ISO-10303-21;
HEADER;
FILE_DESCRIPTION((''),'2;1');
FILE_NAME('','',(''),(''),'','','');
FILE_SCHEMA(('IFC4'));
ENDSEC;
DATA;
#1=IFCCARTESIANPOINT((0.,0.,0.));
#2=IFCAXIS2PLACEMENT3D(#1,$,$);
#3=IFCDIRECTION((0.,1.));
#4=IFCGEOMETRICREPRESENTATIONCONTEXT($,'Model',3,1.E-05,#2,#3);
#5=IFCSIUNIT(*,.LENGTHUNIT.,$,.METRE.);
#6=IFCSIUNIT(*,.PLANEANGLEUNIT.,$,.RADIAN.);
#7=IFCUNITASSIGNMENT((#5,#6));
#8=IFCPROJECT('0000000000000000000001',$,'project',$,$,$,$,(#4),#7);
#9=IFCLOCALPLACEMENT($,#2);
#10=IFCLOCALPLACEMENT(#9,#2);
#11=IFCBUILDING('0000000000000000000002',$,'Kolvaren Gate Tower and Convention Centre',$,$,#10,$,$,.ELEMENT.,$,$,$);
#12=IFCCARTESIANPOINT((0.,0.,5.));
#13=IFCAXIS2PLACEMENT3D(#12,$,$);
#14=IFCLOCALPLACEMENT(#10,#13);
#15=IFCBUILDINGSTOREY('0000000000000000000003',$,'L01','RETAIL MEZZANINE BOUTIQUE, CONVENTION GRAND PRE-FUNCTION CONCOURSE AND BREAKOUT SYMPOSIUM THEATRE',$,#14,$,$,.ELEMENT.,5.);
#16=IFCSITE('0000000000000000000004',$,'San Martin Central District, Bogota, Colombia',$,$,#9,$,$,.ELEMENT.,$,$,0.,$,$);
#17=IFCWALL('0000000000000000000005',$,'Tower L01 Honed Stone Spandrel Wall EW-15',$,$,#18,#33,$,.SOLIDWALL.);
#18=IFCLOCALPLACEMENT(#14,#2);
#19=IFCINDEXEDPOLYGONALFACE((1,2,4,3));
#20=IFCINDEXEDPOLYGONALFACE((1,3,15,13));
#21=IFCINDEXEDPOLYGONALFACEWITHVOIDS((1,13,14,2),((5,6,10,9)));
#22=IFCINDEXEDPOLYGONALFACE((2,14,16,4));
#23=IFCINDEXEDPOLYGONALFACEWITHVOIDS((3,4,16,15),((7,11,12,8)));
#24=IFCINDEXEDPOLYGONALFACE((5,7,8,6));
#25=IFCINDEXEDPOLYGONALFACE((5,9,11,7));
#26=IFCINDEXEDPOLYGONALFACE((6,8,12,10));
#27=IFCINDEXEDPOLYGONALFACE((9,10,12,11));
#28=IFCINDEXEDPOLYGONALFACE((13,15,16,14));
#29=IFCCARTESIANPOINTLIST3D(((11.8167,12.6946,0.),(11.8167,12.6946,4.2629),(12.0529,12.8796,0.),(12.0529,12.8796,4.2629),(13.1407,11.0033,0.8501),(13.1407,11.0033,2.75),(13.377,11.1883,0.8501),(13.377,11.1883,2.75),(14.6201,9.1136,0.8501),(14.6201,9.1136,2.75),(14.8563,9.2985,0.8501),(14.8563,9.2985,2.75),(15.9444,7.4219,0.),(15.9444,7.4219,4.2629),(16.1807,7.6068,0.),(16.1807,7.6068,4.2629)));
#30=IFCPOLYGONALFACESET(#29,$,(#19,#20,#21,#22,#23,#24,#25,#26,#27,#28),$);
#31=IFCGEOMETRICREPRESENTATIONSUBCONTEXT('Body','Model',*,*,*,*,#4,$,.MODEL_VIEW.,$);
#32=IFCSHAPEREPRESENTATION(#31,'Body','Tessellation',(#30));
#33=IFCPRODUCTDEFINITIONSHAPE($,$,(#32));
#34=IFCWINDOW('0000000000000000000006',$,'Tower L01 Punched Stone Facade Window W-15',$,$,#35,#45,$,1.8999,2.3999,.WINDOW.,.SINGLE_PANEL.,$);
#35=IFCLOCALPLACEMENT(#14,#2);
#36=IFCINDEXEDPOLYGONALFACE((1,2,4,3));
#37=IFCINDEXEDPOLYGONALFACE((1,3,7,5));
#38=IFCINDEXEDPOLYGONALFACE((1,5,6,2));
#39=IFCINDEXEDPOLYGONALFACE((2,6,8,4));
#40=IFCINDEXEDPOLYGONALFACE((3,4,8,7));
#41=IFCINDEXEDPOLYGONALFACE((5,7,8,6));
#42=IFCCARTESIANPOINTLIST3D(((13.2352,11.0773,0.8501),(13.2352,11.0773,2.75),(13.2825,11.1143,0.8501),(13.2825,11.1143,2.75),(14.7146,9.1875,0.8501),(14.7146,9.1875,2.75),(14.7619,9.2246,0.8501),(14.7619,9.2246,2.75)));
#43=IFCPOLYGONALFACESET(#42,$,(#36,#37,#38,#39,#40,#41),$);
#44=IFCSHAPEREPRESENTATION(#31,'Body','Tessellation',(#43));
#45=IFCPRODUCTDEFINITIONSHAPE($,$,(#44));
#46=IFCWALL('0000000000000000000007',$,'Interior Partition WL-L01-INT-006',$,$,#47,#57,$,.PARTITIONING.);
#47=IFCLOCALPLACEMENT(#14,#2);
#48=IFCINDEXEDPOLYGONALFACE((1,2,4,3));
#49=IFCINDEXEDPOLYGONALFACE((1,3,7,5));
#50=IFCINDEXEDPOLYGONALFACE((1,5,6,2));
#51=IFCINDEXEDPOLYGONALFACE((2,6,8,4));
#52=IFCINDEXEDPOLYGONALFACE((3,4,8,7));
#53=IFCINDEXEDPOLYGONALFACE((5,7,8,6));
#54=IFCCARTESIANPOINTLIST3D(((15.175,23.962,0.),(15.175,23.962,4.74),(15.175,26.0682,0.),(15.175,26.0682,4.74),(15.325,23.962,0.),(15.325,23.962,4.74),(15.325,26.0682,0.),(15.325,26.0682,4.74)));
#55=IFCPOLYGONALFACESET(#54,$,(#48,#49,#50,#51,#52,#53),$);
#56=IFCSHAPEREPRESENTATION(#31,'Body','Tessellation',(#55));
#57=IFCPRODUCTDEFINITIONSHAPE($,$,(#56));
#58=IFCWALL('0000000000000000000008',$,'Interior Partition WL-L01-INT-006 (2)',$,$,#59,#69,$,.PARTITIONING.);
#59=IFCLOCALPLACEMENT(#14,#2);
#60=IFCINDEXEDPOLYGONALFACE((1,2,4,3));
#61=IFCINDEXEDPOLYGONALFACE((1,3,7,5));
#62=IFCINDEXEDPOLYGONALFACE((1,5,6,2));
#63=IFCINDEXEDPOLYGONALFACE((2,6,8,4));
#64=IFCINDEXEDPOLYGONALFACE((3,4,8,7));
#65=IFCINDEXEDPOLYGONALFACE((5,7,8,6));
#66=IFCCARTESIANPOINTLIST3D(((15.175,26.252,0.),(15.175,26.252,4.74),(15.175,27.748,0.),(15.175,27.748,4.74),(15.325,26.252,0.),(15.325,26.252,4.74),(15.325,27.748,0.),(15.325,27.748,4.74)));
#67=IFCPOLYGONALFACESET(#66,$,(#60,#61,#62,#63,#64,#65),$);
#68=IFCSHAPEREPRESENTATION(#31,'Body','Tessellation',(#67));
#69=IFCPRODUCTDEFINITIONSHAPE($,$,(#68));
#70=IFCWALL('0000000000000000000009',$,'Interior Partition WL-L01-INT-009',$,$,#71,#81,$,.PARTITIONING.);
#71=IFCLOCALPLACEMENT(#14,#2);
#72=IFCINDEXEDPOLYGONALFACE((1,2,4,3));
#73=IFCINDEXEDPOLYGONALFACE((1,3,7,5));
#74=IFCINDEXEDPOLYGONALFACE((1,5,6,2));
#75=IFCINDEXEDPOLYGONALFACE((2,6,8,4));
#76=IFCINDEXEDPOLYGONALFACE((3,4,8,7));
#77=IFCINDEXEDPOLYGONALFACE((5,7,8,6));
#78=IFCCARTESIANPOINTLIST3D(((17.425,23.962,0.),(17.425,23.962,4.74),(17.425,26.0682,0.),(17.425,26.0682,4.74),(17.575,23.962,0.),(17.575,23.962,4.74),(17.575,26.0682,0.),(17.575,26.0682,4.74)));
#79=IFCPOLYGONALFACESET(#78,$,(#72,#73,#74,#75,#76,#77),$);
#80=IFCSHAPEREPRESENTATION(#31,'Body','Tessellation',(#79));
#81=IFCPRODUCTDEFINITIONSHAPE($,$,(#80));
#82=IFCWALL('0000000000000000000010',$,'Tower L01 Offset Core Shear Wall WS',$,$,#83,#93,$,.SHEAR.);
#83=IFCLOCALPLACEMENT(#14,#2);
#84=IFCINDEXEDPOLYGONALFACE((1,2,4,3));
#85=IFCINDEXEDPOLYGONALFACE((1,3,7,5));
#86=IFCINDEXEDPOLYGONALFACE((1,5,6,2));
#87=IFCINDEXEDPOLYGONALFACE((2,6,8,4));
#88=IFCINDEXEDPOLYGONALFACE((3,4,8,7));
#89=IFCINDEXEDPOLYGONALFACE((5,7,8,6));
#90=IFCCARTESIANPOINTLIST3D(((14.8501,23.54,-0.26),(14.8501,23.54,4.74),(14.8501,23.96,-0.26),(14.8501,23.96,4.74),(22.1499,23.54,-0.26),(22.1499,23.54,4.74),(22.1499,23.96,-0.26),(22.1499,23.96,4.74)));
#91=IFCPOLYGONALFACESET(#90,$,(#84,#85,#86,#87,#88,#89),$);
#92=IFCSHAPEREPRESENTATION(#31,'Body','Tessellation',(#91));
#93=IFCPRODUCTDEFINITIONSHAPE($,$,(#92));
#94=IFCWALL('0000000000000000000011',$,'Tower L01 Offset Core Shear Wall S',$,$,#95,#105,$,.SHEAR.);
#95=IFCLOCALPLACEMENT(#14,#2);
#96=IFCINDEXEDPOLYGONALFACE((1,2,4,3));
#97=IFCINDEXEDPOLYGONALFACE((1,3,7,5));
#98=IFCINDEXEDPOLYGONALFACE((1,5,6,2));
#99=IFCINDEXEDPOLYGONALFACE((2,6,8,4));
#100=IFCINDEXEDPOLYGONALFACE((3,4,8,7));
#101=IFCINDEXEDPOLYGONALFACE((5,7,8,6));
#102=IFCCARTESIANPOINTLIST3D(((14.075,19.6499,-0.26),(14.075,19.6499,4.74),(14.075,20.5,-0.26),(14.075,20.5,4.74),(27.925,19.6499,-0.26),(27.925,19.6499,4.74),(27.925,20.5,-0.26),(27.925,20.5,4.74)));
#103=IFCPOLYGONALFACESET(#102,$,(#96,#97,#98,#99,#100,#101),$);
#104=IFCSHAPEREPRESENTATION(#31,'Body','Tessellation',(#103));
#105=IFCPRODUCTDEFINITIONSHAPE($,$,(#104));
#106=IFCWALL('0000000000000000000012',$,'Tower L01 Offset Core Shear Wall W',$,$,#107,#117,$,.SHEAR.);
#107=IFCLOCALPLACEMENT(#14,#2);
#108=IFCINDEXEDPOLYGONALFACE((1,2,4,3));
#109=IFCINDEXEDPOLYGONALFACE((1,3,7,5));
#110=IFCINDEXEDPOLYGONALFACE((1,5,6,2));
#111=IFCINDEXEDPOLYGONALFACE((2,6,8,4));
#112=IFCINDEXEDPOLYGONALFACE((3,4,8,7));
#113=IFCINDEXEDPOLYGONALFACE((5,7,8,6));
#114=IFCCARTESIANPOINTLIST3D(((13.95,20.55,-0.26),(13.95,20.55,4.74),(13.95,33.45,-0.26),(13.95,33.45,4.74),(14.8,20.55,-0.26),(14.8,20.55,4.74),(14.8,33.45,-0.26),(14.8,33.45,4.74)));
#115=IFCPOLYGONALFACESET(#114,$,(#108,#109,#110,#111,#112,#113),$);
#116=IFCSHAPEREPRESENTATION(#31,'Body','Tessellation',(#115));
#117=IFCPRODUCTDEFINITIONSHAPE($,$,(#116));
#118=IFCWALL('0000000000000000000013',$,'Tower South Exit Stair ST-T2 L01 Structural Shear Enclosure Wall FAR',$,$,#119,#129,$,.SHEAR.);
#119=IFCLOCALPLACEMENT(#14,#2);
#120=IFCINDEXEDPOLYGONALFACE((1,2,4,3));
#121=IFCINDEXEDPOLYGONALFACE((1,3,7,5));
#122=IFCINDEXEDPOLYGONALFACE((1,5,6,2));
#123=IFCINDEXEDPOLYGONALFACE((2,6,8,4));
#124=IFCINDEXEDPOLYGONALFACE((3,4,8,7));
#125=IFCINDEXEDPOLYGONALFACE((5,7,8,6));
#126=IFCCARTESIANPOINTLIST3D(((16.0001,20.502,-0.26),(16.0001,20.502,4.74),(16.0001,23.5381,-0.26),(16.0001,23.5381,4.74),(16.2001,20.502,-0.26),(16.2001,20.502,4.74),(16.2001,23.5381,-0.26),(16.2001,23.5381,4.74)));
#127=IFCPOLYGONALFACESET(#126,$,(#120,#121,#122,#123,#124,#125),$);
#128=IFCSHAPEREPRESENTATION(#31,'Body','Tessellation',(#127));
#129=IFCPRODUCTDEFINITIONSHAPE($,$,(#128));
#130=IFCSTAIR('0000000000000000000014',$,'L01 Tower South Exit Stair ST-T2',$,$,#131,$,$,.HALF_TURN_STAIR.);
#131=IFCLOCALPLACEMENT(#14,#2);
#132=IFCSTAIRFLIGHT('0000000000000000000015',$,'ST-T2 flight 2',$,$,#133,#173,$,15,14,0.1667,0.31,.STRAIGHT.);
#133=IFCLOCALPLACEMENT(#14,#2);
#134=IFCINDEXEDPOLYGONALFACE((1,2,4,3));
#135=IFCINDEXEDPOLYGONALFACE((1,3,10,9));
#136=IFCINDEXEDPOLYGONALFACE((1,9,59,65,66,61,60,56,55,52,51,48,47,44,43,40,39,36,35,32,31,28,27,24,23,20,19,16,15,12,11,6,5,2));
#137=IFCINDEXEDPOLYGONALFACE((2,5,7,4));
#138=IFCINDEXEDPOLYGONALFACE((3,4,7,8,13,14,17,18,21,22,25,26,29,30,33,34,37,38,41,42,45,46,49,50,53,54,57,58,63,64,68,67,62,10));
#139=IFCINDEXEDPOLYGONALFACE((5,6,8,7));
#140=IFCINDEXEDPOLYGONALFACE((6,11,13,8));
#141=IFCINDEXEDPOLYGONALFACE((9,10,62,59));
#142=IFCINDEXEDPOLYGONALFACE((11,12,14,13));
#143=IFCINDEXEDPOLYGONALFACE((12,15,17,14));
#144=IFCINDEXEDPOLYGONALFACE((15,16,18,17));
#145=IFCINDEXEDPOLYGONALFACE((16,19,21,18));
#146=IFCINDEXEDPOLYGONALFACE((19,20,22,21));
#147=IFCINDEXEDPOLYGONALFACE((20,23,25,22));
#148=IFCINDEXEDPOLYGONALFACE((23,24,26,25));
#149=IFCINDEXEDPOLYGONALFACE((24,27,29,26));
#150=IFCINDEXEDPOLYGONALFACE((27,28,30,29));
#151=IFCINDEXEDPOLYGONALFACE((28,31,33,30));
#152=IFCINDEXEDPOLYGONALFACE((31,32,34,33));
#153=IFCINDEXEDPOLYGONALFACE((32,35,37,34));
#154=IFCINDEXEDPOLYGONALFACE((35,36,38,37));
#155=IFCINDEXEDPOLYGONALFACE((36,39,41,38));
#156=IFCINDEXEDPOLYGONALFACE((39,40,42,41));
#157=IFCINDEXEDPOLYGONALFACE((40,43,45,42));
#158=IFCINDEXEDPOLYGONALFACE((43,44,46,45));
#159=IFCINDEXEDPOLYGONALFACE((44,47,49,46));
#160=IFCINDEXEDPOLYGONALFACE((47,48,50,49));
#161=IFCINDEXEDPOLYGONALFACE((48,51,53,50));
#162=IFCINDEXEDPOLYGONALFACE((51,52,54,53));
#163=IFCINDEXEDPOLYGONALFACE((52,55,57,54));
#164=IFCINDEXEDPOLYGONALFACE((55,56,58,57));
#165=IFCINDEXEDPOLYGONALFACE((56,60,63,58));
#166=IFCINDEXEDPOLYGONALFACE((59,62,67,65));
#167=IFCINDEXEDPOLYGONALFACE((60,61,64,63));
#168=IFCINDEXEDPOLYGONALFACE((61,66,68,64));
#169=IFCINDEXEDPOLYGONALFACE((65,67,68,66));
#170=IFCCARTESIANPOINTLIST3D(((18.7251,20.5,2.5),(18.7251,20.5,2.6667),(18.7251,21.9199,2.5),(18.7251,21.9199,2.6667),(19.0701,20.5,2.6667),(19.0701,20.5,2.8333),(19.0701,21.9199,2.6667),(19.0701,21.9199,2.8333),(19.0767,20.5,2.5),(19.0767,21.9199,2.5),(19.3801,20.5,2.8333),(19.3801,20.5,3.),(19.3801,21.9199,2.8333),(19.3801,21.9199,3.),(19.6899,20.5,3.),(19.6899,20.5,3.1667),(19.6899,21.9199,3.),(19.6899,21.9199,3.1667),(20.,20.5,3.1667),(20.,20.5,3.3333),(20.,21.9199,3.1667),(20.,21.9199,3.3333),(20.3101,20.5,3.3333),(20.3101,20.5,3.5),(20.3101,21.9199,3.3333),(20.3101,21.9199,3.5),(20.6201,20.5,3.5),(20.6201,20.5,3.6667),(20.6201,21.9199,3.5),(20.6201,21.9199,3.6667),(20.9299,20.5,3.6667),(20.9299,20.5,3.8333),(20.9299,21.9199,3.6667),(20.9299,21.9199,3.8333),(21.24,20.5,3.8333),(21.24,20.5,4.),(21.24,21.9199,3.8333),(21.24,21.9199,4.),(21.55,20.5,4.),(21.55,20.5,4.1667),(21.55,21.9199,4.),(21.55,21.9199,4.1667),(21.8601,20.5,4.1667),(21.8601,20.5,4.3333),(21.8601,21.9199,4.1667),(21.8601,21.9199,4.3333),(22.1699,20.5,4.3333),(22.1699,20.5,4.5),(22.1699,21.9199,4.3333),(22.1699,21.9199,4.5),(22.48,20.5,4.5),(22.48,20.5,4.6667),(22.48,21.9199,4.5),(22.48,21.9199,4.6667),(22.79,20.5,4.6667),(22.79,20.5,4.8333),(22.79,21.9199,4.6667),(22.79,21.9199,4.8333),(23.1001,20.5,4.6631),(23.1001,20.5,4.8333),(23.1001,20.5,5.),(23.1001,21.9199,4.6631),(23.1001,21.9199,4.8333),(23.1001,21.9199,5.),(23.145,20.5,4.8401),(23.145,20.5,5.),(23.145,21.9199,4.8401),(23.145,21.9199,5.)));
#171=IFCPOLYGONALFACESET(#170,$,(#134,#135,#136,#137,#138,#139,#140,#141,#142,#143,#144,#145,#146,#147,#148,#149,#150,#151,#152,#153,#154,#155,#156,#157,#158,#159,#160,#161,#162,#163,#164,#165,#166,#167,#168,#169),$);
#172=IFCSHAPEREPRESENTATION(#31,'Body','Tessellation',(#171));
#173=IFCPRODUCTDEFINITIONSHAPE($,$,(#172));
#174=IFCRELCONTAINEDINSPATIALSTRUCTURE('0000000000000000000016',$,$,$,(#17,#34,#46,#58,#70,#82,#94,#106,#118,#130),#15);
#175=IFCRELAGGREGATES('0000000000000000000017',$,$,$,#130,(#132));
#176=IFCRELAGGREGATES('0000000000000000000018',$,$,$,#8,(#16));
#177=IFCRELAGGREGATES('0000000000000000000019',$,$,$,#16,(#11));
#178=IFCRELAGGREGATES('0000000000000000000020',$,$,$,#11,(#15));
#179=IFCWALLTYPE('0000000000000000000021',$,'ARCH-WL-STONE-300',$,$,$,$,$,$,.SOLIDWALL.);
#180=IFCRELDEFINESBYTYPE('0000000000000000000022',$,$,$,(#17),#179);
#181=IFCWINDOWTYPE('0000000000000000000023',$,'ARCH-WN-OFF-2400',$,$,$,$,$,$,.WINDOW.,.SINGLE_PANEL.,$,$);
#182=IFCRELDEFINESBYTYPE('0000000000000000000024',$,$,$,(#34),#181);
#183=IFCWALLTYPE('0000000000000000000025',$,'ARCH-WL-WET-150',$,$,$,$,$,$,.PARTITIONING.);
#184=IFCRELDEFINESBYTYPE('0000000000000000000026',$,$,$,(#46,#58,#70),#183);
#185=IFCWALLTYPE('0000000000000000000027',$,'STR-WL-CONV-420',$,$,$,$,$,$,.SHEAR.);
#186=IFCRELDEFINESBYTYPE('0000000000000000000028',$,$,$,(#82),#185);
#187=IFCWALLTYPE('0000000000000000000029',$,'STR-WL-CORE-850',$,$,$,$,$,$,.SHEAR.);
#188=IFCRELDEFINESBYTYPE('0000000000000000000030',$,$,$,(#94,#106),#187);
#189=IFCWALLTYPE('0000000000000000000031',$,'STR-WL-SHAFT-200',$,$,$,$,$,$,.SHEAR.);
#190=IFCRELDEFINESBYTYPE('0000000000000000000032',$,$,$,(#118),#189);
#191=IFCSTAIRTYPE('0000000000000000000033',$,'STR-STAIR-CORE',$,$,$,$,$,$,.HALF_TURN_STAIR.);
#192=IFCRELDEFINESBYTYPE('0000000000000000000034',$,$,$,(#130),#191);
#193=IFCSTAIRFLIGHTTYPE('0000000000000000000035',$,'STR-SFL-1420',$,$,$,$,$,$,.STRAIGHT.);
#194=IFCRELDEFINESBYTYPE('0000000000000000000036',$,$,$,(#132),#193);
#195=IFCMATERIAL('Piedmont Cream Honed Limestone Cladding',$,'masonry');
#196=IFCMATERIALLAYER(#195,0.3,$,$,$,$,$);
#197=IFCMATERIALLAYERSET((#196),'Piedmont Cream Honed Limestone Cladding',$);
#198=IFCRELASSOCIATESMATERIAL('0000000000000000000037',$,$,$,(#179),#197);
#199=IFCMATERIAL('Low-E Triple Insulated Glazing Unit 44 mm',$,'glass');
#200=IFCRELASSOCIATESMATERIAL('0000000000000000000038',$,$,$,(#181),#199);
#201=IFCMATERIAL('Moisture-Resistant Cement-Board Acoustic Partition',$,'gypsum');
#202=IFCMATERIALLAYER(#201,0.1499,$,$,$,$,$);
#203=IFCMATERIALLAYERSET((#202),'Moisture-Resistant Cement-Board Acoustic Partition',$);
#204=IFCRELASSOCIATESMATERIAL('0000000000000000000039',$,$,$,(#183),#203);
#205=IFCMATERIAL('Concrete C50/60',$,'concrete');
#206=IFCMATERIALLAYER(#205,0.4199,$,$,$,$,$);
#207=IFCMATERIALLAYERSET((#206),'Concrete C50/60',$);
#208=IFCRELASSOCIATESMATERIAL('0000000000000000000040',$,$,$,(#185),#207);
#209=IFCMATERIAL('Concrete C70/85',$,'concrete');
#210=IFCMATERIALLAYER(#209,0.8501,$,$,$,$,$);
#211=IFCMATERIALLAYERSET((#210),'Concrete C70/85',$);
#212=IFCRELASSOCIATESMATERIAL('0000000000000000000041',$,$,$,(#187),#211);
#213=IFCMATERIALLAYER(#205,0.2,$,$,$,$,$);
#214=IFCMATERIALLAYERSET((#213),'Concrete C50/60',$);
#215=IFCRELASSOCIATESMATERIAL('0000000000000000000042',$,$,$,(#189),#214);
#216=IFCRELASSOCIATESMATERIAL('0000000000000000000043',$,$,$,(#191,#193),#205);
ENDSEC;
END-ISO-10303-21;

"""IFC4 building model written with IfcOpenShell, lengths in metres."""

from ifc_helpers import new_model, si_unit, direction, frame, frame_2d, origin, place, context, subcontext, project, spatial, polyline, rectangle, outline, extrude, material, layer, layer_set, type_object, element, fill, aggregate, save


model = new_model("IFC4")

# Units and contexts
model_context = context("Model", 3, precision=1e-05, world=origin(), true_north=direction((0.0, 1.0)))
body_context = subcontext(model_context, "Body", "Model", "MODEL_VIEW")
ifc_project = project(units=[si_unit("LENGTHUNIT", "METRE"), si_unit("PLANEANGLEUNIT", "RADIAN")], contexts=[model_context])

# Site, building, storey
site_placement = place(None, origin())
site = spatial("IfcSite", under=ifc_project, at=site_placement, Name="San Martin Central District, Bogota, Colombia", CompositionType="ELEMENT", RefElevation=0.0)
building_placement = place(site_placement, origin())
building = spatial("IfcBuilding", under=site, at=building_placement, Name="Kolvaren Gate Tower and Convention Centre", CompositionType="ELEMENT")
storey_placement = place(building_placement, frame((0.0, 0.0, 5.0)))
storey = spatial("IfcBuildingStorey", under=building, at=storey_placement, Name="L01", Description="RETAIL MEZZANINE BOUTIQUE, CONVENTION GRAND PRE-FUNCTION CONCOURSE AND BREAKOUT SYMPOSIUM THEATRE", CompositionType="ELEMENT", Elevation=5.0)

# Shared definitions
ifc_material_1 = material(Name="Concrete C70/85", Category="concrete")

# Wall, opening, window
ifc_material_2 = material(Name="Piedmont Cream Honed Limestone Cladding", Category="masonry")
ifc_layer_1 = layer(ifc_material_2, 0.3)
ifc_layer_set_1 = layer_set([ifc_layer_1], Name="Piedmont Cream Honed Limestone Cladding")
wall_type_1 = type_object("IfcWallType", Name="ARCH-WL-STONE-300", PredefinedType="SOLIDWALL", material=ifc_layer_set_1)
ifc_material_3 = material(Name="Low-E Triple Insulated Glazing Unit 44 mm", Category="glass")
window_type = type_object("IfcWindowType", Name="ARCH-WN-OFF-2400", PartitioningType="SINGLE_PANEL", PredefinedType="WINDOW", material=ifc_material_3)
wall_1_placement = place(storey_placement, frame((11.9348, 12.7871, 0.0), z_axis=(0.0, 0.0, 1.0), x_axis=(0.616421, -0.787417, 0.0)))
wall_1 = element("IfcWall", 1, at=wall_1_placement, inside=storey, type_object=wall_type_1, Name="Tower L01 Honed Stone Spandrel Wall EW-15", PredefinedType="SOLIDWALL", context=body_context, shape_type="SweptSolid", body=[
    extrude(rectangle(XDim=6.6963, YDim=0.3, at=frame_2d((3.3481, 0.0))), origin(), (0.0, 0.0, 1.0), 4.2629),
])
opening_1_placement = place(wall_1_placement, frame((2.1479, 0.0, 0.8501)))
opening_1 = element("IfcOpeningElement", 2, at=opening_1_placement, cuts=wall_1, PredefinedType="OPENING", context=body_context, shape_type="SweptSolid", body=[
    extrude(rectangle(XDim=2.3999, YDim=1.8999, at=frame_2d((1.2, 0.95))), frame((0.0, 0.1599, 0.0), z_axis=(0.0, -1.0, 0.0), x_axis=(1.0, 0.0, 0.0)), (0.0, 0.0, 1.0), 0.3201),
])
window_1_placement = place(opening_1_placement, origin())
window_1 = element("IfcWindow", 3, at=window_1_placement, inside=storey, type_object=window_type, Name="Tower L01 Punched Stone Facade Window W-15", OverallHeight=1.8999, OverallWidth=2.3999, PartitioningType="SINGLE_PANEL", PredefinedType="WINDOW", context=body_context, shape_type="SweptSolid", body=[
    extrude(rectangle(XDim=2.3999, YDim=1.8999, at=frame_2d((1.2, 0.95))), frame((0.0, 0.03, 0.0), z_axis=(0.0, -1.0, 0.0), x_axis=(1.0, 0.0, 0.0)), (0.0, 0.0, 1.0), 0.0601),
])
fill(opening_1, window_1)

# Walls
ifc_material_4 = material(Name="Moisture-Resistant Cement-Board Acoustic Partition", Category="gypsum")
ifc_layer_2 = layer(ifc_material_4, 0.1499)
ifc_layer_set_2 = layer_set([ifc_layer_2], Name="Moisture-Resistant Cement-Board Acoustic Partition")
wall_type_2 = type_object("IfcWallType", Name="ARCH-WL-WET-150", PredefinedType="PARTITIONING", material=ifc_layer_set_2)
wall_2_placement = place(storey_placement, frame((15.25, 23.9619, 0.0), z_axis=(0.0, 0.0, 1.0), x_axis=(0.0, 1.0, 0.0)))
element("IfcWall", 4, at=wall_2_placement, inside=storey, type_object=wall_type_2, Name="Interior Partition WL-L01-INT-006", PredefinedType="PARTITIONING", context=body_context, shape_type="SweptSolid", body=[
    extrude(rectangle(XDim=2.1062, YDim=0.1499, at=frame_2d((1.0532, 0.0))), origin(), (0.0, 0.0, 1.0), 4.74),
])
wall_3_placement = place(storey_placement, frame((15.25, 26.252, 0.0), z_axis=(0.0, 0.0, 1.0), x_axis=(0.0, 1.0, 0.0)))
element("IfcWall", 5, at=wall_3_placement, inside=storey, type_object=wall_type_2, Name="Interior Partition WL-L01-INT-006 (2)", PredefinedType="PARTITIONING", context=body_context, shape_type="SweptSolid", body=[
    extrude(rectangle(XDim=1.4961, YDim=0.1499, at=frame_2d((0.748, 0.0))), origin(), (0.0, 0.0, 1.0), 4.74),
])
wall_4_placement = place(storey_placement, frame((17.5, 23.9619, 0.0), z_axis=(0.0, 0.0, 1.0), x_axis=(0.0, 1.0, 0.0)))
element("IfcWall", 6, at=wall_4_placement, inside=storey, type_object=wall_type_2, Name="Interior Partition WL-L01-INT-009", PredefinedType="PARTITIONING", context=body_context, shape_type="SweptSolid", body=[
    extrude(rectangle(XDim=2.1062, YDim=0.1499, at=frame_2d((1.0532, 0.0))), origin(), (0.0, 0.0, 1.0), 4.74),
])
ifc_material_5 = material(Name="Concrete C50/60", Category="concrete")
ifc_layer_3 = layer(ifc_material_5, 0.4199)
ifc_layer_set_3 = layer_set([ifc_layer_3], Name="Concrete C50/60")
wall_type_3 = type_object("IfcWallType", Name="STR-WL-CONV-420", PredefinedType="SHEAR", material=ifc_layer_set_3)
wall_5_placement = place(storey_placement, frame((14.8501, 23.75, -0.26), z_axis=(0.0, 0.0, 1.0), x_axis=(1.0, 0.0, 0.0)))
element("IfcWall", 7, at=wall_5_placement, inside=storey, type_object=wall_type_3, Name="Tower L01 Offset Core Shear Wall WS", PredefinedType="SHEAR", context=body_context, shape_type="SweptSolid", body=[
    extrude(rectangle(XDim=7.2998, YDim=0.4199, at=frame_2d((3.6499, 0.0))), origin(), (0.0, 0.0, 1.0), 5.0),
])
ifc_layer_4 = layer(ifc_material_1, 0.8501)
ifc_layer_set_4 = layer_set([ifc_layer_4], Name="Concrete C70/85")
wall_type_4 = type_object("IfcWallType", Name="STR-WL-CORE-850", PredefinedType="SHEAR", material=ifc_layer_set_4)
wall_6_placement = place(storey_placement, frame((14.075, 20.075, -0.26), z_axis=(0.0, 0.0, 1.0), x_axis=(1.0, 0.0, 0.0)))
element("IfcWall", 8, at=wall_6_placement, inside=storey, type_object=wall_type_4, Name="Tower L01 Offset Core Shear Wall S", PredefinedType="SHEAR", context=body_context, shape_type="SweptSolid", body=[
    extrude(rectangle(XDim=13.8501, YDim=0.8501, at=frame_2d((6.925, 0.0))), origin(), (0.0, 0.0, 1.0), 5.0),
])
wall_7_placement = place(storey_placement, frame((14.375, 20.55, -0.26), z_axis=(0.0, 0.0, 1.0), x_axis=(0.0, 1.0, 0.0)))
element("IfcWall", 9, at=wall_7_placement, inside=storey, type_object=wall_type_4, Name="Tower L01 Offset Core Shear Wall W", PredefinedType="SHEAR", context=body_context, shape_type="SweptSolid", body=[
    extrude(rectangle(XDim=12.8999, YDim=0.8501, at=frame_2d((6.45, 0.0))), origin(), (0.0, 0.0, 1.0), 5.0),
])
ifc_layer_5 = layer(ifc_material_5, 0.2)
ifc_layer_set_5 = layer_set([ifc_layer_5], Name="Concrete C50/60")
wall_type_5 = type_object("IfcWallType", Name="STR-WL-SHAFT-200", PredefinedType="SHEAR", material=ifc_layer_set_5)
wall_8_placement = place(storey_placement, frame((16.1001, 20.502, -0.26), z_axis=(0.0, 0.0, 1.0), x_axis=(0.0, 1.0, 0.0)))
element("IfcWall", 10, at=wall_8_placement, inside=storey, type_object=wall_type_5, Name="Tower South Exit Stair ST-T2 L01 Structural Shear Enclosure Wall FAR", PredefinedType="SHEAR", context=body_context, shape_type="SweptSolid", body=[
    extrude(rectangle(XDim=3.0361, YDim=0.2, at=frame_2d((1.5181, 0.0))), origin(), (0.0, 0.0, 1.0), 5.0),
])

# Stair, stair flight
stair_type = type_object("IfcStairType", Name="STR-STAIR-CORE", PredefinedType="HALF_TURN_STAIR", material=ifc_material_5)
stair_placement = place(storey_placement, origin())
stair = element("IfcStair", 11, at=stair_placement, inside=storey, type_object=stair_type, Name="L01 Tower South Exit Stair ST-T2", PredefinedType="HALF_TURN_STAIR")
stair_flight_type = type_object("IfcStairFlightType", Name="STR-SFL-1420", PredefinedType="STRAIGHT", material=ifc_material_5)
stair_flight_placement = place(storey_placement, frame((18.76, 21.21, 2.5), z_axis=(0.0, 0.0, 1.0), x_axis=(1.0, 0.0, 0.0)))
stair_flight = element("IfcStairFlight", 12, at=stair_flight_placement, type_object=stair_flight_type, Name="ST-T2 flight 2", NumberOfRisers=15, NumberOfTreads=14, PredefinedType="STRAIGHT", RiserHeight=0.1667, TreadLength=0.31, context=body_context, shape_type="SweptSolid", body=[
    extrude(outline(polyline([(-0.0349, 0.0), (-0.0349, 0.1667), (0.3101, 0.1667), (0.3101, 0.3333), (0.6201, 0.3333), (0.6201, 0.5), (0.9299, 0.5), (0.9299, 0.6667), (1.24, 0.6667), (1.24, 0.8333), (1.55, 0.8333), (1.55, 1.0), (1.8601, 1.0), (1.8601, 1.1667), (2.1699, 1.1667), (2.1699, 1.3333), (2.48, 1.3333), (2.48, 1.5), (2.79, 1.5), (2.79, 1.6667), (3.1001, 1.6667), (3.1001, 1.8333), (3.4099, 1.8333), (3.4099, 2.0), (3.72, 2.0), (3.72, 2.1667), (4.03, 2.1667), (4.03, 2.3333), (4.3401, 2.3333), (4.3401, 2.5), (4.385, 2.5), (4.385, 2.3401), (4.3401, 2.1631), (0.3167, 0.0), (-0.0349, 0.0)])), frame((0.0, 0.71, 0.0), z_axis=(0.0, -1.0, 0.0), x_axis=(1.0, 0.0, 0.0)), (0.0, 0.0, 1.0), 1.4199),
])
aggregate(stair, [stair_flight])

save(model, "model.ifc")
